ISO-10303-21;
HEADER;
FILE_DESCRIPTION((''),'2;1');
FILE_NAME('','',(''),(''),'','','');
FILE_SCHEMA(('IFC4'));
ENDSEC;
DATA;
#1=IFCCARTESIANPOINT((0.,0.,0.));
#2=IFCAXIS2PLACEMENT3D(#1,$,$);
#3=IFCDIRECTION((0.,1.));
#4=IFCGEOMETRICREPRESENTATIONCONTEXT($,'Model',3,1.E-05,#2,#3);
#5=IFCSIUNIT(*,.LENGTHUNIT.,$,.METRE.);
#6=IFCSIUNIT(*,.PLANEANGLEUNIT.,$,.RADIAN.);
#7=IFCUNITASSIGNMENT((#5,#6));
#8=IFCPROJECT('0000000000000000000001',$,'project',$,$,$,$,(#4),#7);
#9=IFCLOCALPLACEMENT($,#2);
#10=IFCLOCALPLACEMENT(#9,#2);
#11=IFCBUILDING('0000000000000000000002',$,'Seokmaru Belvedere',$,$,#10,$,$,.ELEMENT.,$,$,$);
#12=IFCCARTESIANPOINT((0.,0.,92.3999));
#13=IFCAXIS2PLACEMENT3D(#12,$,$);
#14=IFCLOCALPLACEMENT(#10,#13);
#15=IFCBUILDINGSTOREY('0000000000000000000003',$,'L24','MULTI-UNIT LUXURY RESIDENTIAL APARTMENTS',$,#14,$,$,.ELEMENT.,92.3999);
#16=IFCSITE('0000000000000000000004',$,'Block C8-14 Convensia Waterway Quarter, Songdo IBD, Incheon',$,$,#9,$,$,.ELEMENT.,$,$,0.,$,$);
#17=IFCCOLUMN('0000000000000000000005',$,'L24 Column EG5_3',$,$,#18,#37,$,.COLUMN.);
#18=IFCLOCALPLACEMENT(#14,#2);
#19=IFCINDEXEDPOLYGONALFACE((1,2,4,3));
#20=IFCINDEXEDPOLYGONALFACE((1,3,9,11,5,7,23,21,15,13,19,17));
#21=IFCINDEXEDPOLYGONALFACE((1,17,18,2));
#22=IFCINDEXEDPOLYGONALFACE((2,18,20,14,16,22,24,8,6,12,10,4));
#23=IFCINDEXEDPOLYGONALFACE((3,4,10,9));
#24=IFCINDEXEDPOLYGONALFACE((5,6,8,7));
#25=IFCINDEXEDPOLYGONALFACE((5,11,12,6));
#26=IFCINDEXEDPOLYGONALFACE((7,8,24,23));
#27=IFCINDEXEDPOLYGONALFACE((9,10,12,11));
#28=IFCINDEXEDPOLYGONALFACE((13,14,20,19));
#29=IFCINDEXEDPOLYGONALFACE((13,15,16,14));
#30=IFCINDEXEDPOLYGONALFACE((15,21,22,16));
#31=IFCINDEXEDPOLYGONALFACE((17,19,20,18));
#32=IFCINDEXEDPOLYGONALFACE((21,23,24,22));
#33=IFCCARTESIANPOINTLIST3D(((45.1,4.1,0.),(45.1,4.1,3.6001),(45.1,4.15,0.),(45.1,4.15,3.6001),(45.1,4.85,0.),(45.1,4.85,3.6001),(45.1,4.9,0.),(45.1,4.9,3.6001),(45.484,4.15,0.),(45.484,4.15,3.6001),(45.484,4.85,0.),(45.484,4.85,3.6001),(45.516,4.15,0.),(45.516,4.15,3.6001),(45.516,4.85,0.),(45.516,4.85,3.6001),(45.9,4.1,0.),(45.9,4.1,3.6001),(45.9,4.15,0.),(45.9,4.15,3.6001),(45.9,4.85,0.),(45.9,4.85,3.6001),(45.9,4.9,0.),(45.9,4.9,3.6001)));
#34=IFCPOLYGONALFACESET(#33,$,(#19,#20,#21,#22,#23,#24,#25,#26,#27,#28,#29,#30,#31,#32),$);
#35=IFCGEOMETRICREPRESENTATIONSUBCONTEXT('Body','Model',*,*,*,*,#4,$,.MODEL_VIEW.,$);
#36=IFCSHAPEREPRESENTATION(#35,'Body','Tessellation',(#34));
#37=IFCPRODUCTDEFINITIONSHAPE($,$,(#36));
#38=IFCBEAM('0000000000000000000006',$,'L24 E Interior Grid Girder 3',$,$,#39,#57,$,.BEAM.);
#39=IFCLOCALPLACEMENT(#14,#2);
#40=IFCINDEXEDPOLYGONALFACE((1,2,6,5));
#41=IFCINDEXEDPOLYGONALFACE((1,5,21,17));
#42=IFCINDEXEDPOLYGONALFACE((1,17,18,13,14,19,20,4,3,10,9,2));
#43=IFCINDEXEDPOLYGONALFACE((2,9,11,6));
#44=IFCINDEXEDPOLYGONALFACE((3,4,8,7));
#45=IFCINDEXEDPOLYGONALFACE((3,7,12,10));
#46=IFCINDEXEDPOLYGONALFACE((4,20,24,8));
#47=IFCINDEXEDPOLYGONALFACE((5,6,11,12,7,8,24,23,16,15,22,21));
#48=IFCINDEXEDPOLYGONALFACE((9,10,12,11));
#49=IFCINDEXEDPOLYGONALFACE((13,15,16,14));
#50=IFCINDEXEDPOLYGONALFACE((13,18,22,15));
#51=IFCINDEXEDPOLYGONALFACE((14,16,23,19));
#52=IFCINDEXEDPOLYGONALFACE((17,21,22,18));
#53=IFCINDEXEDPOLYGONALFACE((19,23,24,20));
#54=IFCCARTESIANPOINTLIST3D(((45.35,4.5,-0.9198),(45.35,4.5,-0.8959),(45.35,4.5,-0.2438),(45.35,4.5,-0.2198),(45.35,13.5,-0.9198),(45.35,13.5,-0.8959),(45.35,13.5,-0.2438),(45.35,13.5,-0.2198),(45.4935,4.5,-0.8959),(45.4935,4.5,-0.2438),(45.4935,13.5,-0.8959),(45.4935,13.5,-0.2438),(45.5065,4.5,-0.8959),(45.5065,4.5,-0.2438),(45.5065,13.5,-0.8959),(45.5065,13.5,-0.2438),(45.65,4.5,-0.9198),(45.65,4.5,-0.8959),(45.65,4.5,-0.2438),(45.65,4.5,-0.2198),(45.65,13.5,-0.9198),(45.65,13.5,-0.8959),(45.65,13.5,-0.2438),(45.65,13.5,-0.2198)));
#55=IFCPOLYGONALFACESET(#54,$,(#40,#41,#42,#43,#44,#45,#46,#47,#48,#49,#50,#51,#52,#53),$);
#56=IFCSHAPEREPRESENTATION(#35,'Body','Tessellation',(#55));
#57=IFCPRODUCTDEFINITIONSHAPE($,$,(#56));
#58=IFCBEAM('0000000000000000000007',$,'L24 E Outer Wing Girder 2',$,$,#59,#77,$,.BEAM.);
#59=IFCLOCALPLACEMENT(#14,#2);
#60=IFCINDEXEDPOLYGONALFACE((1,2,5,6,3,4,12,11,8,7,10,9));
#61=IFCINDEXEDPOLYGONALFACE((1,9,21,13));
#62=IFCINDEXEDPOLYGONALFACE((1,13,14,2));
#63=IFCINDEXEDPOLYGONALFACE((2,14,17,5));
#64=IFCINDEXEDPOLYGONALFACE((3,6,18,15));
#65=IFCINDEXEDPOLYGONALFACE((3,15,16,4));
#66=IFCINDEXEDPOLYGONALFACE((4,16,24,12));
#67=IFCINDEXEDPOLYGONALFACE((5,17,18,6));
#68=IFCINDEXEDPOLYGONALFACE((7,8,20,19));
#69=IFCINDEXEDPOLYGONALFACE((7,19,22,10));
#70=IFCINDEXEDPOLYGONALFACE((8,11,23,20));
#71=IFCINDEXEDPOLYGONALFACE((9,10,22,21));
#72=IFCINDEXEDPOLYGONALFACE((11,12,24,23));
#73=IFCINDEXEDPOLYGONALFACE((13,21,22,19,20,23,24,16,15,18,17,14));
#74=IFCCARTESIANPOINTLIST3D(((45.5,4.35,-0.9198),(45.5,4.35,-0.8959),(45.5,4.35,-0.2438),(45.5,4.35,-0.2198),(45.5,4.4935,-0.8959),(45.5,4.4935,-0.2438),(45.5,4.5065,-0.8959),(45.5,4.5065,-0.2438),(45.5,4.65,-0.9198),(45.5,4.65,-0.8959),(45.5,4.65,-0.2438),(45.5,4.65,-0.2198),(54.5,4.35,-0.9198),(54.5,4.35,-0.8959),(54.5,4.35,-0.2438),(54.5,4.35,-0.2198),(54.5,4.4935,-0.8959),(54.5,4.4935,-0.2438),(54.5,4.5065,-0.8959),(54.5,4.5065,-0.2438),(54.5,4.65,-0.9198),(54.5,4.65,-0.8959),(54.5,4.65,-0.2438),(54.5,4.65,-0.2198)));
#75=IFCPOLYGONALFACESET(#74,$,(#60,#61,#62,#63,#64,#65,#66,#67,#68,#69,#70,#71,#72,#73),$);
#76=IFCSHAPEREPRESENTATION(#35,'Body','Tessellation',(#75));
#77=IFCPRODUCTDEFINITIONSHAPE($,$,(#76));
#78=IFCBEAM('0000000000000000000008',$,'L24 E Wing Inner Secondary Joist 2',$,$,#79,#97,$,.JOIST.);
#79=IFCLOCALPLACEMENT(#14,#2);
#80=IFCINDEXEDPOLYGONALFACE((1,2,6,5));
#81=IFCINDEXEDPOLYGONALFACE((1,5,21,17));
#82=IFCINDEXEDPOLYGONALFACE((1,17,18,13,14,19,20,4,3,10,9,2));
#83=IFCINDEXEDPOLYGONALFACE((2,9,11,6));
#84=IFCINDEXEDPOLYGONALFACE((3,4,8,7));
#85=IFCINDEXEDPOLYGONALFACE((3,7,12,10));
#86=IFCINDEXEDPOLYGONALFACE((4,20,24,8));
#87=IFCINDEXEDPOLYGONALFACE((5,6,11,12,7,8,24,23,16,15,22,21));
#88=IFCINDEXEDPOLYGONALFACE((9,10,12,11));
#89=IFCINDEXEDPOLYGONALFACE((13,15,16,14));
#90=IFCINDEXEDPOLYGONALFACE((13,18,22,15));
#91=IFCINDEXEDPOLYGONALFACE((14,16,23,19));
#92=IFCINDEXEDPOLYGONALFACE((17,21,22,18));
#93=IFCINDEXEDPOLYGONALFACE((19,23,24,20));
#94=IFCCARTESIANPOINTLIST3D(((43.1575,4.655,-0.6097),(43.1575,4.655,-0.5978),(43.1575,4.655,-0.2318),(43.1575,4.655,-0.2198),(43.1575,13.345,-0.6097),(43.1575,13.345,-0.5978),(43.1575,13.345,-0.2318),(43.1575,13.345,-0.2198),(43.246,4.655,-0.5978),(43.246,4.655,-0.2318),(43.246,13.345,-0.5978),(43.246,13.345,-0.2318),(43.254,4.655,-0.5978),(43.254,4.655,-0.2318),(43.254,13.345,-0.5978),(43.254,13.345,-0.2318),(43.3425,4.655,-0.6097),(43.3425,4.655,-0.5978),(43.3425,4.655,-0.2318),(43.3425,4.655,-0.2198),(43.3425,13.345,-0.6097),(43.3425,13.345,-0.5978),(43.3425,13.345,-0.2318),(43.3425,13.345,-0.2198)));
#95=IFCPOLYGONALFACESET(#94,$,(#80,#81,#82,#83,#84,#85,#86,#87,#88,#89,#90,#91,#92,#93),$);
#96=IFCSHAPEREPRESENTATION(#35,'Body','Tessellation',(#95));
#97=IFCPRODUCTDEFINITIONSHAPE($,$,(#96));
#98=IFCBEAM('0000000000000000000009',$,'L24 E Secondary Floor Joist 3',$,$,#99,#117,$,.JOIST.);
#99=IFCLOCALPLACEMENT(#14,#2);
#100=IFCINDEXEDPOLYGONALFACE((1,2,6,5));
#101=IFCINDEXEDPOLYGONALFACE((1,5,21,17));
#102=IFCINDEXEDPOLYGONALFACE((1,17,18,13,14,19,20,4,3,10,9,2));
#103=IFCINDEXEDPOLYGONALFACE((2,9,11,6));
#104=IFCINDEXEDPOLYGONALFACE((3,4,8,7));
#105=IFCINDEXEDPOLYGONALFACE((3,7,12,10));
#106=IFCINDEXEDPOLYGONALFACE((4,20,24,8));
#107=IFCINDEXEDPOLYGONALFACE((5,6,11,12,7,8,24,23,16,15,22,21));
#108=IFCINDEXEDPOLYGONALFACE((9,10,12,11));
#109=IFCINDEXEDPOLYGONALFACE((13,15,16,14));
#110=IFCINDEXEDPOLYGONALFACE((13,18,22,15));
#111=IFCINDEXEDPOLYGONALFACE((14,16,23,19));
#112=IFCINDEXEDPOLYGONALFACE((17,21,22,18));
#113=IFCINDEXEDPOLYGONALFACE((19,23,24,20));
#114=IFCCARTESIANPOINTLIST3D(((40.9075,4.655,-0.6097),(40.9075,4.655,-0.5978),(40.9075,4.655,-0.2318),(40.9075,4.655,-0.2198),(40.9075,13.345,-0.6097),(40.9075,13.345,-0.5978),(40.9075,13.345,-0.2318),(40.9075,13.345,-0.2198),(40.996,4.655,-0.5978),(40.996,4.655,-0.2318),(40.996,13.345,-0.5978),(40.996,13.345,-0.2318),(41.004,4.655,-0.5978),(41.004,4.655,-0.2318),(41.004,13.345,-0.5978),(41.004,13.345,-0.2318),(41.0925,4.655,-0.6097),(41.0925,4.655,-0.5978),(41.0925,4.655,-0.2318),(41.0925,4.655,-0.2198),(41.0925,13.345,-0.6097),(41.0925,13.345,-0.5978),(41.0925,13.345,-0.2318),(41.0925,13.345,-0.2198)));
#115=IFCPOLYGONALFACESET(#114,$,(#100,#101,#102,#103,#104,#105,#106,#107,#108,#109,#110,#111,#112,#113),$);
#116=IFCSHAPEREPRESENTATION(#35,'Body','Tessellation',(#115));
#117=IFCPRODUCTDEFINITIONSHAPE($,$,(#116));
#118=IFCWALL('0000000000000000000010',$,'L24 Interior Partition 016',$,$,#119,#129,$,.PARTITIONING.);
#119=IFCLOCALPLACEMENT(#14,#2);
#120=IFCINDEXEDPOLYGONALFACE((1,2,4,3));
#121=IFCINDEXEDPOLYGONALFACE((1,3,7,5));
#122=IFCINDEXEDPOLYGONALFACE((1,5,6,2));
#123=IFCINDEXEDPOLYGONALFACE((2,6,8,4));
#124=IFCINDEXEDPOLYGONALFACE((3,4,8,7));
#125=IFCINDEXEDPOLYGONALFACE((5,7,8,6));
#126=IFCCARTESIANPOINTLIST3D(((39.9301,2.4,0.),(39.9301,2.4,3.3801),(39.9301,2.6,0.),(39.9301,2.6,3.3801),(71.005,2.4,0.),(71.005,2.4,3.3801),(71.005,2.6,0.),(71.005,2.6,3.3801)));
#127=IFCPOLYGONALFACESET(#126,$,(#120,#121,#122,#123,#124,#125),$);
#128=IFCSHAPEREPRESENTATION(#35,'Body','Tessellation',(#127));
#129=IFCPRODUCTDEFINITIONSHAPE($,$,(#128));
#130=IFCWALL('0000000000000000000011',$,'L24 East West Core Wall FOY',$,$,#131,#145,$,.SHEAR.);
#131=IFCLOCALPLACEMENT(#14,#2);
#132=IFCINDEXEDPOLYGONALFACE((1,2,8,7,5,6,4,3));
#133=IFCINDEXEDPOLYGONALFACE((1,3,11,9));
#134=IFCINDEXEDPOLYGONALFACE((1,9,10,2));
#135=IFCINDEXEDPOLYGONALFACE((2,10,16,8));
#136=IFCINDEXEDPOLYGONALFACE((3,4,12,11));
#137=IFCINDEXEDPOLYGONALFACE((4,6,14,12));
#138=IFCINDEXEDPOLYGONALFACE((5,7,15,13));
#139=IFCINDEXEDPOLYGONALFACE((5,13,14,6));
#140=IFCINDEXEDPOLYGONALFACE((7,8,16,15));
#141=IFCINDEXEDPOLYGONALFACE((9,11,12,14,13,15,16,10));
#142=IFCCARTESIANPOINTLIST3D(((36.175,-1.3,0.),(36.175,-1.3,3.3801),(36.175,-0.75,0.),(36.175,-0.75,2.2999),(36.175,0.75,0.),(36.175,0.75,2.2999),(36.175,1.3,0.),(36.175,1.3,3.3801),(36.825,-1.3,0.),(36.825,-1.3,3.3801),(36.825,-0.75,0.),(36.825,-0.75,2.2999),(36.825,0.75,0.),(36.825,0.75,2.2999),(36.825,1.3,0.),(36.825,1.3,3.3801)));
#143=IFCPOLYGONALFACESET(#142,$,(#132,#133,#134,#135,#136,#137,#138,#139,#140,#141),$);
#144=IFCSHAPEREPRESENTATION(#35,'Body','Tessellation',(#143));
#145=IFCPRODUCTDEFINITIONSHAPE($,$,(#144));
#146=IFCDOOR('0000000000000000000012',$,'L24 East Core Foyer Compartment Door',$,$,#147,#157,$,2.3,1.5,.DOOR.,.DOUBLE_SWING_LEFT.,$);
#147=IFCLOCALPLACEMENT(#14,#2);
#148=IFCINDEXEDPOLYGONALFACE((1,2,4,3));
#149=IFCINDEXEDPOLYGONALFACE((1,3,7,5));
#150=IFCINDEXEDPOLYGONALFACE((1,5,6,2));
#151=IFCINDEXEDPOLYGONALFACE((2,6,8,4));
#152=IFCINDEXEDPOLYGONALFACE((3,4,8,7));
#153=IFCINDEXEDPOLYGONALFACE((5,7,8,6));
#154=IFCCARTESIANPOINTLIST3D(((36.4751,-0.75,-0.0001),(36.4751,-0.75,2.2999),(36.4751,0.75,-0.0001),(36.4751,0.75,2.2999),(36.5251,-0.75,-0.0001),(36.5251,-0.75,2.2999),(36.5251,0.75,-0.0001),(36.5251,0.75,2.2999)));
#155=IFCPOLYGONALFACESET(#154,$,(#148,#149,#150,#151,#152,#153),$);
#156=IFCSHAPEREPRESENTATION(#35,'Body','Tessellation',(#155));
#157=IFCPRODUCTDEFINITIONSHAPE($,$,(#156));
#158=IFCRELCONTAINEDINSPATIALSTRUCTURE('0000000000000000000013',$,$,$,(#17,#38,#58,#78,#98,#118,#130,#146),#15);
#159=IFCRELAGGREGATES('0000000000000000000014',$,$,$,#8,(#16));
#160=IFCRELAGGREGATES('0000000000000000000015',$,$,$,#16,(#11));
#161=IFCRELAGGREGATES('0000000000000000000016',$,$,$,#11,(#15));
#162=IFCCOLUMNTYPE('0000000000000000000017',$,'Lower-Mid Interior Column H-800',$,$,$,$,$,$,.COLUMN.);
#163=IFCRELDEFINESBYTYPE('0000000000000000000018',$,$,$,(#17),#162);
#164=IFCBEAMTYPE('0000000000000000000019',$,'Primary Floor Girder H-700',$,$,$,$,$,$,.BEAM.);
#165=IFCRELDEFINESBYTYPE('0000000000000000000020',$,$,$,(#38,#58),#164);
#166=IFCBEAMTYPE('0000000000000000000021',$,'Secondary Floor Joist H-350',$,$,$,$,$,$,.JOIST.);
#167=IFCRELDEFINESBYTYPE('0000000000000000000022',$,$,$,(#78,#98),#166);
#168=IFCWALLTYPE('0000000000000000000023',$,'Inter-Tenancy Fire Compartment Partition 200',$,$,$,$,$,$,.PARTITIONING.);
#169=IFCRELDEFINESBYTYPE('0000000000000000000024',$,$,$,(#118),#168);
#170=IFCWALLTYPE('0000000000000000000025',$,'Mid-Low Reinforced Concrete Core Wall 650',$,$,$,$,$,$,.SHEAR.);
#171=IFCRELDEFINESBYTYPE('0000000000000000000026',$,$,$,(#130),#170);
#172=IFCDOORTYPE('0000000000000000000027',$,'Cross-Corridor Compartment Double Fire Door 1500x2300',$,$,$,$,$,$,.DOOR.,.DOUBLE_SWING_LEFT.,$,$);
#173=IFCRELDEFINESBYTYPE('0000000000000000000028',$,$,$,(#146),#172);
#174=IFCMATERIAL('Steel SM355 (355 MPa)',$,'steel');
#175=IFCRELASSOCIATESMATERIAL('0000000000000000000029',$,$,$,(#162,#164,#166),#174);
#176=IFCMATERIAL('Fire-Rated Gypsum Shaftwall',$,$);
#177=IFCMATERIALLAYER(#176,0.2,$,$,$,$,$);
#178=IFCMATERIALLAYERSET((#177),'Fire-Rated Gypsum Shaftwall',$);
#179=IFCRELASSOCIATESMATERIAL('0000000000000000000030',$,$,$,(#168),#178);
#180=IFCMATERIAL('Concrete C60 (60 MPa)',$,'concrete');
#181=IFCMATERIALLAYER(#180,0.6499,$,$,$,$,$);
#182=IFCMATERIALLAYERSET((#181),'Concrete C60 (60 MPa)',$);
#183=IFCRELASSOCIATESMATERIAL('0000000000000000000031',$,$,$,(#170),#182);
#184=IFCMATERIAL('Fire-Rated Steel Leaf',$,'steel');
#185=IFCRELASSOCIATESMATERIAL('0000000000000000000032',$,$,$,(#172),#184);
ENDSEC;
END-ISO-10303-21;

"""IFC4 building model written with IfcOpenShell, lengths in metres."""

from ifc_helpers import new_model, si_unit, direction, frame, frame_2d, origin, origin_2d, place, context, subcontext, project, spatial, rectangle, i_section, extrude, source, transform, mapped, material, layer, layer_set, material_profile, profile_set, type_object, type_shapes, element, fill, save


model = new_model("IFC4")

# Units and contexts
model_context = context("Model", 3, precision=1e-05, world=origin(), true_north=direction((0.0, 1.0)))
body_context = subcontext(model_context, "Body", "Model", "MODEL_VIEW")
ifc_project = project(units=[si_unit("LENGTHUNIT", "METRE"), si_unit("PLANEANGLEUNIT", "RADIAN")], contexts=[model_context])

# Site, building, storey
site_placement = place(None, origin())
site = spatial("IfcSite", under=ifc_project, at=site_placement, Name="Block C8-14 Convensia Waterway Quarter, Songdo IBD, Incheon", CompositionType="ELEMENT", RefElevation=0.0)
building_placement = place(site_placement, origin())
building = spatial("IfcBuilding", under=site, at=building_placement, Name="Seokmaru Belvedere", CompositionType="ELEMENT")
storey_placement = place(building_placement, frame((0.0, 0.0, 92.3999)))
storey = spatial("IfcBuildingStorey", under=building, at=storey_placement, Name="L24", Description="MULTI-UNIT LUXURY RESIDENTIAL APARTMENTS", CompositionType="ELEMENT", Elevation=92.3999)

# Column
ifc_material_1 = material(Name="Steel SM355 (355 MPa)", Category="steel")
ifc_material_profile_1 = material_profile(ifc_material_1, i_section(OverallWidth=0.8, OverallDepth=0.8, WebThickness=0.032, FlangeThickness=0.05, at=origin_2d()), Name="H-800x800x32x50")
ifc_profile_set_1 = profile_set([ifc_material_profile_1], Name="Steel SM355 (355 MPa)")
column_type = type_object("IfcColumnType", Name="Lower-Mid Interior Column H-800", PredefinedType="COLUMN", material=ifc_profile_set_1)
shared_shape_1 = source(origin(), body_context, "Body", "SweptSolid", [
    extrude(i_section(OverallWidth=0.8, OverallDepth=0.8, WebThickness=0.032, FlangeThickness=0.05, at=origin_2d()), origin(), (0.0, 0.0, 1.0), 3.6001),
])
type_shapes(column_type, [shared_shape_1])
column_placement = place(storey_placement, frame((45.5, 4.5, 0.0), z_axis=(0.0, 0.0, 1.0), x_axis=(1.0, 0.0, 0.0)))
element("IfcColumn", 1, at=column_placement, inside=storey, type_object=column_type, Name="L24 Column EG5_3", PredefinedType="COLUMN", context=body_context, shape_type="MappedRepresentation", body=[
    mapped(shared_shape_1, transform((0.0, 0.0, 0.0), scale=1.0)),
])

# Beams
ifc_material_profile_2 = material_profile(ifc_material_1, i_section(OverallWidth=0.3, OverallDepth=0.7, WebThickness=0.0129, FlangeThickness=0.0239, at=origin_2d()), Name="H-700x300x13x24")
ifc_profile_set_2 = profile_set([ifc_material_profile_2], Name="Steel SM355 (355 MPa)")
beam_type_1 = type_object("IfcBeamType", Name="Primary Floor Girder H-700", PredefinedType="BEAM", material=ifc_profile_set_2)
shared_shape_2 = source(origin(), body_context, "Body", "SweptSolid", [
    extrude(i_section(OverallWidth=0.3, OverallDepth=0.7, WebThickness=0.0129, FlangeThickness=0.0239, at=origin_2d()), origin(), (0.0, 0.0, 1.0), 9.0),
])
type_shapes(beam_type_1, [shared_shape_2])
for number, where, z_axis, x_axis, name in (
    (2, (45.5, 4.5, -0.5698), (0.0, 1.0, 0.0), (-1.0, 0.0, 0.0), "L24 E Interior Grid Girder 3"),
    (3, (45.5, 4.5, -0.5698), (1.0, 0.0, 0.0), (0.0, 1.0, 0.0), "L24 E Outer Wing Girder 2"),
):
    element("IfcBeam", number, at=place(storey_placement, frame(where, z_axis=z_axis, x_axis=x_axis)), inside=storey, type_object=beam_type_1, Name=name, PredefinedType="BEAM", context=body_context, shape_type="MappedRepresentation", body=[
        mapped(shared_shape_2, transform((0.0, 0.0, 0.0), scale=1.0)),
    ])
ifc_material_profile_3 = material_profile(ifc_material_1, i_section(OverallWidth=0.1851, OverallDepth=0.3899, WebThickness=0.0081, FlangeThickness=0.012, at=origin_2d()), Name="H-390x185x8x12")
ifc_profile_set_3 = profile_set([ifc_material_profile_3], Name="Steel SM355 (355 MPa)")
beam_type_2 = type_object("IfcBeamType", Name="Secondary Floor Joist H-350", PredefinedType="JOIST", material=ifc_profile_set_3)
shared_shape_3 = source(origin(), body_context, "Body", "SweptSolid", [
    extrude(i_section(OverallWidth=0.1851, OverallDepth=0.3899, WebThickness=0.0081, FlangeThickness=0.012, at=origin_2d()), origin(), (0.0, 0.0, 1.0), 8.6899),
])
type_shapes(beam_type_2, [shared_shape_3])
for number, where, z_axis, x_axis, name in (
    (4, (43.25, 4.655, -0.4148), (0.0, 1.0, 0.0), (-1.0, 0.0, 0.0), "L24 E Wing Inner Secondary Joist 2"),
    (5, (41.0, 4.655, -0.4148), (0.0, 1.0, 0.0), (-1.0, 0.0, 0.0), "L24 E Secondary Floor Joist 3"),
):
    element("IfcBeam", number, at=place(storey_placement, frame(where, z_axis=z_axis, x_axis=x_axis)), inside=storey, type_object=beam_type_2, Name=name, PredefinedType="JOIST", context=body_context, shape_type="MappedRepresentation", body=[
        mapped(shared_shape_3, transform((0.0, 0.0, 0.0), scale=1.0)),
    ])

# Shared definitions
ifc_material_2 = material(Name="Fire-Rated Gypsum Shaftwall")

# Wall
ifc_layer_1 = layer(ifc_material_2, 0.2)
ifc_layer_set_1 = layer_set([ifc_layer_1], Name="Fire-Rated Gypsum Shaftwall")
wall_type_1 = type_object("IfcWallType", Name="Inter-Tenancy Fire Compartment Partition 200", PredefinedType="PARTITIONING", material=ifc_layer_set_1)
wall_1_placement = place(storey_placement, frame((39.9299, 2.5, 0.0), z_axis=(0.0, 0.0, 1.0), x_axis=(1.0, 0.0, 0.0)))
element("IfcWall", 6, at=wall_1_placement, inside=storey, type_object=wall_type_1, Name="L24 Interior Partition 016", PredefinedType="PARTITIONING", context=body_context, shape_type="SweptSolid", body=[
    extrude(rectangle(XDim=31.075, YDim=0.2, at=frame_2d((15.5376, 0.0))), origin(), (0.0, 0.0, 1.0), 3.3801),
])

# Wall, opening, door
ifc_material_3 = material(Name="Concrete C60 (60 MPa)", Category="concrete")
ifc_layer_2 = layer(ifc_material_3, 0.6499)
ifc_layer_set_2 = layer_set([ifc_layer_2], Name="Concrete C60 (60 MPa)")
wall_type_2 = type_object("IfcWallType", Name="Mid-Low Reinforced Concrete Core Wall 650", PredefinedType="SHEAR", material=ifc_layer_set_2)
wall_2_placement = place(storey_placement, frame((36.5, -1.3, 0.0), z_axis=(0.0, 0.0, 1.0), x_axis=(0.0, 1.0, 0.0)))
wall_2 = element("IfcWall", 7, at=wall_2_placement, inside=storey, type_object=wall_type_2, Name="L24 East West Core Wall FOY", PredefinedType="SHEAR", context=body_context, shape_type="SweptSolid", body=[
    extrude(rectangle(XDim=2.6001, YDim=0.6499, at=frame_2d((1.3, 0.0))), origin(), (0.0, 0.0, 1.0), 3.3801),
])
opening_1_placement = place(wall_2_placement, frame((0.55, 0.0, 0.0)))
opening_1 = element("IfcOpeningElement", 8, at=opening_1_placement, cuts=wall_2, PredefinedType="OPENING", context=body_context, shape_type="SweptSolid", body=[
    extrude(rectangle(XDim=1.5, YDim=2.3, at=frame_2d((0.75, 1.1499))), frame((0.0, 0.335, 0.0), z_axis=(0.0, -1.0, 0.0), x_axis=(1.0, 0.0, 0.0)), (0.0, 0.0, 1.0), 0.6699),
])
ifc_material_4 = material(Name="Fire-Rated Steel Leaf", Category="steel")
door_type_1 = type_object("IfcDoorType", Name="Cross-Corridor Compartment Double Fire Door 1500x2300", OperationType="DOUBLE_SWING_LEFT", PredefinedType="DOOR", material=ifc_material_4)
shared_shape_4 = source(origin(), body_context, "Body", "SweptSolid", [
    extrude(rectangle(XDim=1.5, YDim=2.3, at=frame_2d((0.75, 1.1499))), frame((0.0, 0.0249, 0.0), z_axis=(0.0, -1.0, 0.0), x_axis=(1.0, 0.0, 0.0)), (0.0, 0.0, 1.0), 0.05),
])
type_shapes(door_type_1, [shared_shape_4])
door_1_placement = place(opening_1_placement, origin())
door_1 = element("IfcDoor", 9, at=door_1_placement, inside=storey, type_object=door_type_1, Name="L24 East Core Foyer Compartment Door", OperationType="DOUBLE_SWING_LEFT", OverallHeight=2.3, OverallWidth=1.5, PredefinedType="DOOR", context=body_context, shape_type="MappedRepresentation", body=[
    mapped(shared_shape_4, transform((0.0, 0.0, 0.0), scale=1.0)),
])
fill(opening_1, door_1)

save(model, "model.ifc")
